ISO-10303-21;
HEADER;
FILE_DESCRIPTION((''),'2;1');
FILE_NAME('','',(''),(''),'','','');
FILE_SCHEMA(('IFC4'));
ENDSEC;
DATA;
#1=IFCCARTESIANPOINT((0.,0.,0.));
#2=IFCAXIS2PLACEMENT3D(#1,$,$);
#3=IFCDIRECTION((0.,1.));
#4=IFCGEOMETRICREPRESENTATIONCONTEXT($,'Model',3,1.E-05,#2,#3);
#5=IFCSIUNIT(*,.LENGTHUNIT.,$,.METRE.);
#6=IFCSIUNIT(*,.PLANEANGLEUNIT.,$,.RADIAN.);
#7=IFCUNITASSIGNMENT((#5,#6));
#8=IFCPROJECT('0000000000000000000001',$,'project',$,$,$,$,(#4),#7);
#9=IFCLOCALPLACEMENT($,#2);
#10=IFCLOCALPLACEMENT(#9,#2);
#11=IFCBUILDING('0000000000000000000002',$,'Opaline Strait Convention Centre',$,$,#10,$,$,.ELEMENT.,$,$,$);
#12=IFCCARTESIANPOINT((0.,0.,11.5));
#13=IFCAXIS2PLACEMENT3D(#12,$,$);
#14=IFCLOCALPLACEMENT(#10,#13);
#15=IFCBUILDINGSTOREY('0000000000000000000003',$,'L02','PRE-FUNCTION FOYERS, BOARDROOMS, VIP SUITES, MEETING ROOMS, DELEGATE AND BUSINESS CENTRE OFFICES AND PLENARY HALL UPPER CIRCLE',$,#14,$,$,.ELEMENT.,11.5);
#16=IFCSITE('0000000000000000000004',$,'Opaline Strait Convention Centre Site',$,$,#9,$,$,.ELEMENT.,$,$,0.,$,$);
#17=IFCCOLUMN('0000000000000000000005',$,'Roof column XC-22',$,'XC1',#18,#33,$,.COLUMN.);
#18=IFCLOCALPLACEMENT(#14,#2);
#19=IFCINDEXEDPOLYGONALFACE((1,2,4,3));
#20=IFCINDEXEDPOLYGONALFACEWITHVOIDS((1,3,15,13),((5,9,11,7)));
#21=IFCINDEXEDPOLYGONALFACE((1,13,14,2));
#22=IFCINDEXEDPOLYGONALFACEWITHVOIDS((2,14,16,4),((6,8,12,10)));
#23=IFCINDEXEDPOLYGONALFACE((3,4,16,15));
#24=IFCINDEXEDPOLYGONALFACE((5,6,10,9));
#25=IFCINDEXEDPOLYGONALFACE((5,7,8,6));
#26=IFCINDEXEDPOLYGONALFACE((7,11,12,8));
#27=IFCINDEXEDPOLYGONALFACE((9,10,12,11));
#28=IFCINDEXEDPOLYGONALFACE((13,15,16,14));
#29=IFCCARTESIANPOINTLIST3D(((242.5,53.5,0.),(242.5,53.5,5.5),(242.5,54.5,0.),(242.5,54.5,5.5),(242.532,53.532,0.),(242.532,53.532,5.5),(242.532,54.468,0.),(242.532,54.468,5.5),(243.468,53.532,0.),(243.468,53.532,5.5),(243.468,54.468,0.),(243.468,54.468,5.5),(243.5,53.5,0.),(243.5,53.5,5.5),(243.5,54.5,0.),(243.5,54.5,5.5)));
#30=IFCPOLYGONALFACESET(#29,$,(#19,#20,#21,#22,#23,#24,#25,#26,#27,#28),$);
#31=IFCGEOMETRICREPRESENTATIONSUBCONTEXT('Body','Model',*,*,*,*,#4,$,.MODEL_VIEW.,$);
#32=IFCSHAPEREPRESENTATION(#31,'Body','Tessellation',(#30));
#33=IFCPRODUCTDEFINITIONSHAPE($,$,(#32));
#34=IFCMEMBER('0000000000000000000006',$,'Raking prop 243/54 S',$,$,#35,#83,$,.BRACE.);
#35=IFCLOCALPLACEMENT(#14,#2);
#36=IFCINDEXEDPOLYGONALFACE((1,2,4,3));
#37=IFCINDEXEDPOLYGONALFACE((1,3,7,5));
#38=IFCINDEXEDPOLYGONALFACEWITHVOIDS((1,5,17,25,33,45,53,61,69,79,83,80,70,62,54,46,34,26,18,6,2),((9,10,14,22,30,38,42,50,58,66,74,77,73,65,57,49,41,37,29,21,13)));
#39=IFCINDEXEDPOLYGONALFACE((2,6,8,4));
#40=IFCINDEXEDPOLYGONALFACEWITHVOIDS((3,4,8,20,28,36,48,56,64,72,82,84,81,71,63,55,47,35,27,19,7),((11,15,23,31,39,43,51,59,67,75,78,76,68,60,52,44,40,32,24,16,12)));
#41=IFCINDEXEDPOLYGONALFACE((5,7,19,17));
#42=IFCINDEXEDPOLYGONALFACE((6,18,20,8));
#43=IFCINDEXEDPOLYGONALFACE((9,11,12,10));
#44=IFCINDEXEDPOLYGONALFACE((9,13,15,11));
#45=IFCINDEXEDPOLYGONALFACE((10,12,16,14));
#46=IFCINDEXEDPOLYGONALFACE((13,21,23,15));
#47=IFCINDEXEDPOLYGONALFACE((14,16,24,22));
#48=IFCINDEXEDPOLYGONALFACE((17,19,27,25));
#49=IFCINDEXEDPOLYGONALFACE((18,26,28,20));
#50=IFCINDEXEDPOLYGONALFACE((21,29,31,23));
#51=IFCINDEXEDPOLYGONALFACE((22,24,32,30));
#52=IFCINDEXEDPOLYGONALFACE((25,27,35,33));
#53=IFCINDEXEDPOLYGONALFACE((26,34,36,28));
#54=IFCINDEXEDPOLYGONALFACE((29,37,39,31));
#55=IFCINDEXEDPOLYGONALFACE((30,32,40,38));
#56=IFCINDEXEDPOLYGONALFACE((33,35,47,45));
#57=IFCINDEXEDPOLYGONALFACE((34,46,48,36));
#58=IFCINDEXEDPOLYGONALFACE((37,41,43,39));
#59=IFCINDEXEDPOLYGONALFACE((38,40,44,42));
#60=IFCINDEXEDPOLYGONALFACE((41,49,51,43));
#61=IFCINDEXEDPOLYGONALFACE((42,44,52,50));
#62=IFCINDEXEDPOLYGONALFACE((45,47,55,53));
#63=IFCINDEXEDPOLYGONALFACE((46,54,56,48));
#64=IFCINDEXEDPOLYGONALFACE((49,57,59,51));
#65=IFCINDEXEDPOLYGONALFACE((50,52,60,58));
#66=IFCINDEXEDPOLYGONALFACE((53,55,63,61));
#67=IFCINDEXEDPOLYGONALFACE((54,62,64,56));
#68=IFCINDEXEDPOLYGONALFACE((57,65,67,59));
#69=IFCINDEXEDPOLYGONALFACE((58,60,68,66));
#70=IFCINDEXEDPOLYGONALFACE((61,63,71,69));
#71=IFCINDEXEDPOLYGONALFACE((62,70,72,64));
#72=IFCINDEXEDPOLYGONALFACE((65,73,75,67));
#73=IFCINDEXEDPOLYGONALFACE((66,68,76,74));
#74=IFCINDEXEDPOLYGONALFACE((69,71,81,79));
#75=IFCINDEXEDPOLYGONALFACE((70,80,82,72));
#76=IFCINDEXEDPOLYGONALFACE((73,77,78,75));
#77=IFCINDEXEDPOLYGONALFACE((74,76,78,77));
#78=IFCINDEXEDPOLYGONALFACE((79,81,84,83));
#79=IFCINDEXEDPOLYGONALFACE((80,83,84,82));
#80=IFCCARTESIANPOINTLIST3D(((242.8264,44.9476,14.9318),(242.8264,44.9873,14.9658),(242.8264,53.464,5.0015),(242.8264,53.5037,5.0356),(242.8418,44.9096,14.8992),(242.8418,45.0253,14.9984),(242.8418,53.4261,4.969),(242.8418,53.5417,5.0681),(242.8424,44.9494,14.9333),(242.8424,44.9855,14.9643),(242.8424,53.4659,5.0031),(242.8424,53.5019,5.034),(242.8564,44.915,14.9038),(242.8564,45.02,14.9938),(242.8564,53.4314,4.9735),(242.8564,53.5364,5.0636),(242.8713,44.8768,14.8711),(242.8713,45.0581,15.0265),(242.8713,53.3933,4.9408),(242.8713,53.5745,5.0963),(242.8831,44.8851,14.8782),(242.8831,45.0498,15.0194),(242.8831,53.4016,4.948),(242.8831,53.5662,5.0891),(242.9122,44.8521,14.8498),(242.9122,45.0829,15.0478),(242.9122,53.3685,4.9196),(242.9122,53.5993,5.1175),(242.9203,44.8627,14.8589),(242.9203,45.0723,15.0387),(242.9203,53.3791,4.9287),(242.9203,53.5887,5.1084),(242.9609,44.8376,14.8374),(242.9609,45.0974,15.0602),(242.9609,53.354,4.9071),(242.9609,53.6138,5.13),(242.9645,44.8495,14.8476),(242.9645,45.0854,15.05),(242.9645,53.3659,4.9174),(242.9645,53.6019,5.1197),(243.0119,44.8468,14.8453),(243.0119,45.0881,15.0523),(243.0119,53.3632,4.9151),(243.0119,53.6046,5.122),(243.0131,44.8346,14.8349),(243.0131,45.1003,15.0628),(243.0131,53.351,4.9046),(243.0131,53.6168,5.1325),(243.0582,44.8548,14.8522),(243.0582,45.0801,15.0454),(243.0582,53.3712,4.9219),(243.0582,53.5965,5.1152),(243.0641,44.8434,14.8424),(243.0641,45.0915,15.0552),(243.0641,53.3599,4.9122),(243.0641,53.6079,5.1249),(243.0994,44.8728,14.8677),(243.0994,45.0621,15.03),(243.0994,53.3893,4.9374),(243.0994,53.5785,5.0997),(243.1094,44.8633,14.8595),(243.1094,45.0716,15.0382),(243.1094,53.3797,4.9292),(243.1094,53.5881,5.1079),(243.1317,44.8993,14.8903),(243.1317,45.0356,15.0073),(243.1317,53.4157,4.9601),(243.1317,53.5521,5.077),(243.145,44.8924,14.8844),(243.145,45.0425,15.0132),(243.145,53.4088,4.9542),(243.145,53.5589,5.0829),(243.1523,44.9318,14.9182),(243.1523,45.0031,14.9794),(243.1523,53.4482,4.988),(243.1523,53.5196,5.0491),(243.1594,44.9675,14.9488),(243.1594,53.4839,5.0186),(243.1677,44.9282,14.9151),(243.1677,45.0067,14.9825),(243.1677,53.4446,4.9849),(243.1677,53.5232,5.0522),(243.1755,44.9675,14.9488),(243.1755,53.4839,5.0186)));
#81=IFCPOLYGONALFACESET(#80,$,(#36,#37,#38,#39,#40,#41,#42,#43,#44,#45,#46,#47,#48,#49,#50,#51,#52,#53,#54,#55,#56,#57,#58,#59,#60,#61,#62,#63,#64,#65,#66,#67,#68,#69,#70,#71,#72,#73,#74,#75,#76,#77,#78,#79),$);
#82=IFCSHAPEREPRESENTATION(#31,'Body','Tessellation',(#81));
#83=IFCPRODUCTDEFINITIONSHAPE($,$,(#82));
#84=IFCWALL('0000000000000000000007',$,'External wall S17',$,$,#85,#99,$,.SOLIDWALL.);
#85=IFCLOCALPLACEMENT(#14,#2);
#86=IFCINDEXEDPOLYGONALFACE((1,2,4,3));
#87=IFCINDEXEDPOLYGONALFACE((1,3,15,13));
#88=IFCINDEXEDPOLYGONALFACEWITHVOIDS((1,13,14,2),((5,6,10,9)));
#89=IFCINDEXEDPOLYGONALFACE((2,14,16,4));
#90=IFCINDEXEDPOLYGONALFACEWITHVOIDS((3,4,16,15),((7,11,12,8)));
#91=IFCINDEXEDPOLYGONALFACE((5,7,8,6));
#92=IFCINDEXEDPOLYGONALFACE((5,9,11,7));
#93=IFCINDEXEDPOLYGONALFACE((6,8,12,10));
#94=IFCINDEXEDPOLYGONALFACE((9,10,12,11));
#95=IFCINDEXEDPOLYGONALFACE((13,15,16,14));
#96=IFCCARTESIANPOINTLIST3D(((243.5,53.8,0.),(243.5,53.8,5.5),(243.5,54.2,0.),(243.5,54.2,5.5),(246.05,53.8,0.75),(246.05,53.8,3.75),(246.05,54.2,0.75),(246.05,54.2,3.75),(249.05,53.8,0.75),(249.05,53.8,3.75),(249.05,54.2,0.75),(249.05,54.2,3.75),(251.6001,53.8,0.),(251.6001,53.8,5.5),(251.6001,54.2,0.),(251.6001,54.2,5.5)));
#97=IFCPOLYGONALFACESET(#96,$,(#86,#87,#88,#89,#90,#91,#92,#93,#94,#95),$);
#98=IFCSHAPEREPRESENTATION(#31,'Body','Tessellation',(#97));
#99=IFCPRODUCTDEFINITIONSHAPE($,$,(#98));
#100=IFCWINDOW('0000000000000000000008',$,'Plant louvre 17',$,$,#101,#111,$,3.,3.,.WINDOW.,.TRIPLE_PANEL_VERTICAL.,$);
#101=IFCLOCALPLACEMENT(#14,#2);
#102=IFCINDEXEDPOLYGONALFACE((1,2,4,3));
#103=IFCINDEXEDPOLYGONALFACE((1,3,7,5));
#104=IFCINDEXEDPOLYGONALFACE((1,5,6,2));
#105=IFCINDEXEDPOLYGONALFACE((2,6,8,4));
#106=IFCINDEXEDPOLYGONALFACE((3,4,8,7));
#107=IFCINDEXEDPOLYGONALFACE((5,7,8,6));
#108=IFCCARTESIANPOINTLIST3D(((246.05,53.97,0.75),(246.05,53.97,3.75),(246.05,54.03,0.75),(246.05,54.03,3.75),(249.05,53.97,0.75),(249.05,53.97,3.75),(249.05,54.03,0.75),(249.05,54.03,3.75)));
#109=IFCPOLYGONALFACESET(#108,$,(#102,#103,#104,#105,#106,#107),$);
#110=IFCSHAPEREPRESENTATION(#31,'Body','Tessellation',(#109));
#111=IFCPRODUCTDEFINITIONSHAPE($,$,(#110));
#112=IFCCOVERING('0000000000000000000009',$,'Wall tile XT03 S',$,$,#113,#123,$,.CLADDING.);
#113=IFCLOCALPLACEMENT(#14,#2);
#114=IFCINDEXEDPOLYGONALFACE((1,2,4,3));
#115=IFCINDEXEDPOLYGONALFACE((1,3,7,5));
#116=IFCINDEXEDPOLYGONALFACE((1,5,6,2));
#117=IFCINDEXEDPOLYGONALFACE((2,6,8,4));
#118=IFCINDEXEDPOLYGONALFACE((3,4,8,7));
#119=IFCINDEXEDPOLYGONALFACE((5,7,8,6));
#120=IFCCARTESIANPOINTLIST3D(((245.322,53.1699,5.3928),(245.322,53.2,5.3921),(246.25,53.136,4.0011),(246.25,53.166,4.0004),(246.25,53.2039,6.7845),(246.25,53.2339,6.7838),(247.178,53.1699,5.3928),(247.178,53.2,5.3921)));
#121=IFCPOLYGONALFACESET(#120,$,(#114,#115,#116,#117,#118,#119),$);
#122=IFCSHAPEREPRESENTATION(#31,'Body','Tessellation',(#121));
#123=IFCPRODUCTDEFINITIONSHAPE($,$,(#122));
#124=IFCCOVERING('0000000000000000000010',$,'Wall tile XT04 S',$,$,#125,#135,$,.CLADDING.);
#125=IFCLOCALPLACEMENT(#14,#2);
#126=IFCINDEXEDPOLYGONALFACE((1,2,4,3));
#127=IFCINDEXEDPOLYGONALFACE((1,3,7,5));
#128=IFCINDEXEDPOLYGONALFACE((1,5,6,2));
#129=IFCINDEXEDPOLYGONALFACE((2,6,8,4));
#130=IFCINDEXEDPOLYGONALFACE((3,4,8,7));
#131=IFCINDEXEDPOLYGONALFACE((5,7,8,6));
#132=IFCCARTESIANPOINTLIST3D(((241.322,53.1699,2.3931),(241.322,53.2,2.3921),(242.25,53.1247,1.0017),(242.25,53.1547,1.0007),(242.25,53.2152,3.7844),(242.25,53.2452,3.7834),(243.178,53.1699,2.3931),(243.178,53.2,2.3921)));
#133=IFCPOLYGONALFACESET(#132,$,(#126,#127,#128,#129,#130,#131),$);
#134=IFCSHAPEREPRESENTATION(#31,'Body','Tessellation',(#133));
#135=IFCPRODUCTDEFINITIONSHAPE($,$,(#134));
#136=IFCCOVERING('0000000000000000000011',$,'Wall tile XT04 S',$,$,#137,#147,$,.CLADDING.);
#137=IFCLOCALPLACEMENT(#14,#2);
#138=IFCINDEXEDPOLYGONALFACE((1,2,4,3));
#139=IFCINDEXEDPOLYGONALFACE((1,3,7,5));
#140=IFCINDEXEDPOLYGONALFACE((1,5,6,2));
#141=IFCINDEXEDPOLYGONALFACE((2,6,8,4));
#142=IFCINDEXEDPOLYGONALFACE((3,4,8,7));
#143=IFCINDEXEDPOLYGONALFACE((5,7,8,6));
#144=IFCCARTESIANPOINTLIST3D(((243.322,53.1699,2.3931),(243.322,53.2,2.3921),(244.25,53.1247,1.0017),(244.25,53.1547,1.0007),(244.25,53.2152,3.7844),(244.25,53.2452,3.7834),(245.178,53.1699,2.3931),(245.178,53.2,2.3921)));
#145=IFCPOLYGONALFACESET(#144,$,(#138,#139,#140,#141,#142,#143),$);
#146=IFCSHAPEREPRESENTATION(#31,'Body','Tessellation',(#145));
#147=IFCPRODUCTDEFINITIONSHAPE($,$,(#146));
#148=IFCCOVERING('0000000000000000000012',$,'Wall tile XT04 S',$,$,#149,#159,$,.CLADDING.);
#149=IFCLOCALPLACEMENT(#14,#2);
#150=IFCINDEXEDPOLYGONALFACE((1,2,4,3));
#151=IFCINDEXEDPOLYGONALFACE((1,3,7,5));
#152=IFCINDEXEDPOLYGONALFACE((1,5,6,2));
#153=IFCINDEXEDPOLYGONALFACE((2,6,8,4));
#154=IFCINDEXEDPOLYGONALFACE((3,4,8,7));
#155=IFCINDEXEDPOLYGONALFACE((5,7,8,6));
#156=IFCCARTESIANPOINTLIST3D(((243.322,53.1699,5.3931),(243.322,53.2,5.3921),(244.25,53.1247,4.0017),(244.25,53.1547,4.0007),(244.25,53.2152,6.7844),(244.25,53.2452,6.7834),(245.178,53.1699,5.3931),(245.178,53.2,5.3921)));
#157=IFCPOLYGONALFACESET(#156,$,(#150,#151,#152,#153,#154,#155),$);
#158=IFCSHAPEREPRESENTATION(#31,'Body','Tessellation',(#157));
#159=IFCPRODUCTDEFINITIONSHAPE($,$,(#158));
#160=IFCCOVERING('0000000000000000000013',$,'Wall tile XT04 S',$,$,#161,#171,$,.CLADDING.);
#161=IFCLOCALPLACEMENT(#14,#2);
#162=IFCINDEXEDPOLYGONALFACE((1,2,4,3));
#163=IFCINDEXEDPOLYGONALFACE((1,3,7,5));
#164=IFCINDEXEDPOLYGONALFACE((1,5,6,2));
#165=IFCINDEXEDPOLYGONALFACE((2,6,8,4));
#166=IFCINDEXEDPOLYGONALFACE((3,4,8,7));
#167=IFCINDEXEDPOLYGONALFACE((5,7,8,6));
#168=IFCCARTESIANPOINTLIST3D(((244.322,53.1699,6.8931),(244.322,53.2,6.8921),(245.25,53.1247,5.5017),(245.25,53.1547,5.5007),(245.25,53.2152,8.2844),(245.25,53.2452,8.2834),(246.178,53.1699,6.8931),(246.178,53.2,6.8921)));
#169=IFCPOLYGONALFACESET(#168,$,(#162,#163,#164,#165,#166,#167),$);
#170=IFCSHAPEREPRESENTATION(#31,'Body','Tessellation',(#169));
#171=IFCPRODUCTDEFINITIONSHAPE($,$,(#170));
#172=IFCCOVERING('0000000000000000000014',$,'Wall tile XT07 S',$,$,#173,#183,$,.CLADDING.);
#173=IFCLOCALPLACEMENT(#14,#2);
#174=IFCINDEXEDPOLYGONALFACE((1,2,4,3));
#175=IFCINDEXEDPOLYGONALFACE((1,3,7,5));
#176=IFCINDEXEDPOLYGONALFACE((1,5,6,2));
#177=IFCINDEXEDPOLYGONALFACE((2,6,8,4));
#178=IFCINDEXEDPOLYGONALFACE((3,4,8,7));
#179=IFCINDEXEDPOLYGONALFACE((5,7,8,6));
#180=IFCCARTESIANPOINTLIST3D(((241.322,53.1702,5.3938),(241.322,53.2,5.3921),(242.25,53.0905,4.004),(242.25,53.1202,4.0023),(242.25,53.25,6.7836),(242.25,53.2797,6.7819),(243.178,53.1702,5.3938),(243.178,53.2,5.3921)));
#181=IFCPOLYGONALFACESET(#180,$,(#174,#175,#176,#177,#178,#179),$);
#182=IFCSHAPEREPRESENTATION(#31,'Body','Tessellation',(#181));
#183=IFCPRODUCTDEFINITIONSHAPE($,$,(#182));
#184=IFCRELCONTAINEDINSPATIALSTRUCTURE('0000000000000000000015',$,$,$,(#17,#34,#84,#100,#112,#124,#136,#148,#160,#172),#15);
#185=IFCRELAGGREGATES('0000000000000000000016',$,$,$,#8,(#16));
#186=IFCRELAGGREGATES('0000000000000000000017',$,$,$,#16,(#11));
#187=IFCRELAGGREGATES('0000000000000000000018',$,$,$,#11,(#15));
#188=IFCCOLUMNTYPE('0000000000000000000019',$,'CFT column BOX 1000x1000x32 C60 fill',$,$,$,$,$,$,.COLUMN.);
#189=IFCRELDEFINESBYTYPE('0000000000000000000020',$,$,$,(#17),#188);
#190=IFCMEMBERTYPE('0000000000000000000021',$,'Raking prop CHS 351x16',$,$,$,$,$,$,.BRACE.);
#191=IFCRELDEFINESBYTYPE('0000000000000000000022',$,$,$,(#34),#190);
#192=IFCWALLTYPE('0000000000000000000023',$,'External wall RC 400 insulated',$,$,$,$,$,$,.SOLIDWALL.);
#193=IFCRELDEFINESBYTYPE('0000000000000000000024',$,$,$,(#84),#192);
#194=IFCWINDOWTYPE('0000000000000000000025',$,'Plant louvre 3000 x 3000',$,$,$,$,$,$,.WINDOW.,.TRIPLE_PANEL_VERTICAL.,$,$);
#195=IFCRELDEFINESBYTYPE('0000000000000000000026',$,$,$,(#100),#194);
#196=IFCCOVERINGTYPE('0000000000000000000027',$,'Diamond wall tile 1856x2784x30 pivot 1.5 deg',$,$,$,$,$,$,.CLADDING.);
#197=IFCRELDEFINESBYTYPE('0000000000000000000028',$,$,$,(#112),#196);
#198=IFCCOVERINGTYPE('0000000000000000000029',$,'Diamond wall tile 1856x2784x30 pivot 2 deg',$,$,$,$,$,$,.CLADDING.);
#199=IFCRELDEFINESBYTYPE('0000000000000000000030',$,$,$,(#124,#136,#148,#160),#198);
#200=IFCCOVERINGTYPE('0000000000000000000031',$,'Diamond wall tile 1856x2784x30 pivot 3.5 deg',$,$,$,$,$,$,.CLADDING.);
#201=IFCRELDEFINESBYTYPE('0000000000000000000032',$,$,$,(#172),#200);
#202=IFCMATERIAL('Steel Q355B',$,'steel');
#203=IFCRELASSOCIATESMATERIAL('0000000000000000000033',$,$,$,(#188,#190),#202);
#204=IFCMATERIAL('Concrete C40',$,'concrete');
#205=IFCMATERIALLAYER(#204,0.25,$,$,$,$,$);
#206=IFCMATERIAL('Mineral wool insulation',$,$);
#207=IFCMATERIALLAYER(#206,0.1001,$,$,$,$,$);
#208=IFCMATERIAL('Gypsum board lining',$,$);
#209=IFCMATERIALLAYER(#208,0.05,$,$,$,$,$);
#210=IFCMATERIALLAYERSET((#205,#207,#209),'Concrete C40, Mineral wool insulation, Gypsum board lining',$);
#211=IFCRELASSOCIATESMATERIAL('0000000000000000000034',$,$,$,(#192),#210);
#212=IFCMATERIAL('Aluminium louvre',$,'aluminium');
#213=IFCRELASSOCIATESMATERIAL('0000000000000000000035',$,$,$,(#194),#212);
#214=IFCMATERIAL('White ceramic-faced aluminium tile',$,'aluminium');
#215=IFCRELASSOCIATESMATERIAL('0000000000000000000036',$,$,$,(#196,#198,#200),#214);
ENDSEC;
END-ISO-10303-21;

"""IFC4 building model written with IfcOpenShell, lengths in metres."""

from ifc_helpers import new_model, si_unit, direction, frame, frame_2d, origin, origin_2d, place, context, subcontext, project, spatial, polyline, rectangle, hollow_rectangle, hollow_circle, outline, extrude, material, layer, layer_set, material_profile, profile_set, type_object, element, fill, save


model = new_model("IFC4")

# Units and contexts
model_context = context("Model", 3, precision=1e-05, world=origin(), true_north=direction((0.0, 1.0)))
body_context = subcontext(model_context, "Body", "Model", "MODEL_VIEW")
ifc_project = project(units=[si_unit("LENGTHUNIT", "METRE"), si_unit("PLANEANGLEUNIT", "RADIAN")], contexts=[model_context])

# Site, building, storey
site_placement = place(None, origin())
site = spatial("IfcSite", under=ifc_project, at=site_placement, Name="Opaline Strait Convention Centre Site", CompositionType="ELEMENT", RefElevation=0.0)
building_placement = place(site_placement, origin())
building = spatial("IfcBuilding", under=site, at=building_placement, Name="Opaline Strait Convention Centre", CompositionType="ELEMENT")
storey_placement = place(building_placement, frame((0.0, 0.0, 11.5)))
storey = spatial("IfcBuildingStorey", under=building, at=storey_placement, Name="L02", Description="PRE-FUNCTION FOYERS, BOARDROOMS, VIP SUITES, MEETING ROOMS, DELEGATE AND BUSINESS CENTRE OFFICES AND PLENARY HALL UPPER CIRCLE", CompositionType="ELEMENT", Elevation=11.5)

# Column
ifc_material_1 = material(Name="Steel Q355B", Category="steel")
ifc_material_profile_1 = material_profile(ifc_material_1, hollow_rectangle(XDim=1.0, YDim=1.0, WallThickness=0.032, at=origin_2d()), Name="BOX 1000x1000x32")
ifc_profile_set_1 = profile_set([ifc_material_profile_1], Name="Steel Q355B")
column_type = type_object("IfcColumnType", Name="CFT column BOX 1000x1000x32 C60 fill", PredefinedType="COLUMN", material=ifc_profile_set_1)
column_placement = place(storey_placement, frame((243.0, 54.0, 0.0), z_axis=(0.0, 0.0, 1.0), x_axis=(1.0, 0.0, 0.0)))
element("IfcColumn", 1, at=column_placement, inside=storey, type_object=column_type, Name="Roof column XC-22", ObjectType="XC1", PredefinedType="COLUMN", context=body_context, shape_type="SweptSolid", body=[
    extrude(hollow_rectangle(XDim=1.0, YDim=1.0, WallThickness=0.032, at=origin_2d()), origin(), (0.0, 0.0, 1.0), 5.5),
])

# Member
ifc_material_profile_2 = material_profile(ifc_material_1, hollow_circle(Radius=0.1755, WallThickness=0.0161, at=origin_2d()), Name="CHS 351x16")
ifc_profile_set_2 = profile_set([ifc_material_profile_2], Name="Steel Q355B")
member_type = type_object("IfcMemberType", Name="Raking prop CHS 351x16", PredefinedType="BRACE", material=ifc_profile_set_2)
member_placement = place(storey_placement, frame((243.0, 53.4839, 5.0186), z_axis=(0.0, -0.651002, 0.759076), x_axis=(1.0, 0.0, 0.0)))
element("IfcMember", 2, at=member_placement, inside=storey, type_object=member_type, Name="Raking prop 243/54 S", PredefinedType="BRACE", context=body_context, shape_type="SweptSolid", body=[
    extrude(hollow_circle(Radius=0.1755, WallThickness=0.0161, at=origin_2d()), origin(), (0.0, 0.0, 1.0), 13.082),
])

# Wall, opening, window
ifc_material_2 = material(Name="Concrete C40", Category="concrete")
ifc_layer_1 = layer(ifc_material_2, 0.25)
ifc_material_3 = material(Name="Mineral wool insulation")
ifc_layer_2 = layer(ifc_material_3, 0.1001)
ifc_material_4 = material(Name="Gypsum board lining")
ifc_layer_3 = layer(ifc_material_4, 0.05)
ifc_layer_set = layer_set([ifc_layer_1, ifc_layer_2, ifc_layer_3], Name="Concrete C40, Mineral wool insulation, Gypsum board lining")
wall_type = type_object("IfcWallType", Name="External wall RC 400 insulated", PredefinedType="SOLIDWALL", material=ifc_layer_set)
wall_placement = place(storey_placement, frame((243.5, 54.0, 0.0), z_axis=(0.0, 0.0, 1.0), x_axis=(1.0, 0.0, 0.0)))
wall = element("IfcWall", 3, at=wall_placement, inside=storey, type_object=wall_type, Name="External wall S17", PredefinedType="SOLIDWALL", context=body_context, shape_type="SweptSolid", body=[
    extrude(rectangle(XDim=8.1001, YDim=0.3999, at=frame_2d((4.05, 0.0))), origin(), (0.0, 0.0, 1.0), 5.5),
])
opening_placement = place(wall_placement, frame((2.55, 0.0, 0.75)))
opening = element("IfcOpeningElement", 4, at=opening_placement, cuts=wall, PredefinedType="OPENING", context=body_context, shape_type="SweptSolid", body=[
    extrude(rectangle(XDim=3.0, YDim=3.0, at=frame_2d((1.5, 1.5))), frame((0.0, 0.21, 0.0), z_axis=(0.0, -1.0, 0.0), x_axis=(1.0, 0.0, 0.0)), (0.0, 0.0, 1.0), 0.4199),
])
ifc_material_5 = material(Name="Aluminium louvre", Category="aluminium")
window_type = type_object("IfcWindowType", Name="Plant louvre 3000 x 3000", PartitioningType="TRIPLE_PANEL_VERTICAL", PredefinedType="WINDOW", material=ifc_material_5)
window_placement = place(opening_placement, origin())
window = element("IfcWindow", 5, at=window_placement, inside=storey, type_object=window_type, Name="Plant louvre 17", OverallHeight=3.0, OverallWidth=3.0, PartitioningType="TRIPLE_PANEL_VERTICAL", PredefinedType="WINDOW", context=body_context, shape_type="SweptSolid", body=[
    extrude(rectangle(XDim=3.0, YDim=3.0, at=frame_2d((1.5, 1.5))), frame((0.0, 0.03, 0.0), z_axis=(0.0, -1.0, 0.0), x_axis=(1.0, 0.0, 0.0)), (0.0, 0.0, 1.0), 0.0601),
])
fill(opening, window)

# Coverings
ifc_material_6 = material(Name="White ceramic-faced aluminium tile", Category="aluminium")
ifc_material_profile_3 = material_profile(ifc_material_6, outline(polyline([(0.928, 0.0), (0.0, 1.3921), (-0.928, 0.0), (0.0, -1.3921), (0.928, 0.0)])), Name="Diamond tile 1856x2784")
ifc_profile_set_3 = profile_set([ifc_material_profile_3], Name="White ceramic-faced aluminium tile")
covering_type_1 = type_object("IfcCoveringType", Name="Diamond wall tile 1856x2784x30 pivot 1.5 deg", PredefinedType="CLADDING", material=ifc_profile_set_3)
covering_1_placement = place(storey_placement, frame((246.25, 53.2, 5.3921), z_axis=(0.0, -0.999703, 0.024383), x_axis=(1.0, 0.0, 0.0)))
element("IfcCovering", 6, at=covering_1_placement, inside=storey, type_object=covering_type_1, Name="Wall tile XT03 S", PredefinedType="CLADDING", context=body_context, shape_type="SweptSolid", body=[
    extrude(outline(polyline([(0.928, 0.0), (0.0, 1.3921), (-0.928, 0.0), (0.0, -1.3921), (0.928, 0.0)])), origin(), (0.0, 0.0, 1.0), 0.03),
])
ifc_material_profile_4 = material_profile(ifc_material_6, outline(polyline([(0.928, 0.0), (0.0, 1.3921), (-0.928, 0.0), (0.0, -1.3921), (0.928, 0.0)])), Name="Diamond tile 1856x2784")
ifc_profile_set_4 = profile_set([ifc_material_profile_4], Name="White ceramic-faced aluminium tile")
covering_type_2 = type_object("IfcCoveringType", Name="Diamond wall tile 1856x2784x30 pivot 2 deg", PredefinedType="CLADDING", material=ifc_profile_set_4)
for number, where, z_axis, x_axis, name in (
    (7, (242.25, 53.2, 2.3921), (0.0, -0.999472, 0.032503), (1.0, 0.0, 0.0), "Wall tile XT04 S"),
    (8, (244.25, 53.2, 2.3921), (0.0, -0.999472, 0.032503), (1.0, 0.0, 0.0), "Wall tile XT04 S"),
    (9, (244.25, 53.2, 5.3921), (0.0, -0.999472, 0.032503), (1.0, 0.0, 0.0), "Wall tile XT04 S"),
    (10, (245.25, 53.2, 6.8921), (0.0, -0.999472, 0.032503), (1.0, 0.0, 0.0), "Wall tile XT04 S"),
):
    element("IfcCovering", number, at=place(storey_placement, frame(where, z_axis=z_axis, x_axis=x_axis)), inside=storey, type_object=covering_type_2, Name=name, PredefinedType="CLADDING", context=body_context, shape_type="SweptSolid", body=[
        extrude(outline(polyline([(0.928, 0.0), (0.0, 1.3921), (-0.928, 0.0), (0.0, -1.3921), (0.928, 0.0)])), origin(), (0.0, 0.0, 1.0), 0.03),
    ])
ifc_material_profile_5 = material_profile(ifc_material_6, outline(polyline([(0.928, 0.0), (0.0, 1.3921), (-0.928, 0.0), (0.0, -1.3921), (0.928, 0.0)])), Name="Diamond tile 1856x2784")
ifc_profile_set_5 = profile_set([ifc_material_profile_5], Name="White ceramic-faced aluminium tile")
covering_type_3 = type_object("IfcCoveringType", Name="Diamond wall tile 1856x2784x30 pivot 3.5 deg", PredefinedType="CLADDING", material=ifc_profile_set_5)
covering_2_placement = place(storey_placement, frame((242.25, 53.2, 5.3921), z_axis=(0.0, -0.998358, 0.057283), x_axis=(1.0, 0.0, 0.0)))
element("IfcCovering", 11, at=covering_2_placement, inside=storey, type_object=covering_type_3, Name="Wall tile XT07 S", PredefinedType="CLADDING", context=body_context, shape_type="SweptSolid", body=[
    extrude(outline(polyline([(0.928, 0.0), (0.0, 1.3921), (-0.928, 0.0), (0.0, -1.3921), (0.928, 0.0)])), origin(), (0.0, 0.0, 1.0), 0.0298),
])

save(model, "model.ifc")
